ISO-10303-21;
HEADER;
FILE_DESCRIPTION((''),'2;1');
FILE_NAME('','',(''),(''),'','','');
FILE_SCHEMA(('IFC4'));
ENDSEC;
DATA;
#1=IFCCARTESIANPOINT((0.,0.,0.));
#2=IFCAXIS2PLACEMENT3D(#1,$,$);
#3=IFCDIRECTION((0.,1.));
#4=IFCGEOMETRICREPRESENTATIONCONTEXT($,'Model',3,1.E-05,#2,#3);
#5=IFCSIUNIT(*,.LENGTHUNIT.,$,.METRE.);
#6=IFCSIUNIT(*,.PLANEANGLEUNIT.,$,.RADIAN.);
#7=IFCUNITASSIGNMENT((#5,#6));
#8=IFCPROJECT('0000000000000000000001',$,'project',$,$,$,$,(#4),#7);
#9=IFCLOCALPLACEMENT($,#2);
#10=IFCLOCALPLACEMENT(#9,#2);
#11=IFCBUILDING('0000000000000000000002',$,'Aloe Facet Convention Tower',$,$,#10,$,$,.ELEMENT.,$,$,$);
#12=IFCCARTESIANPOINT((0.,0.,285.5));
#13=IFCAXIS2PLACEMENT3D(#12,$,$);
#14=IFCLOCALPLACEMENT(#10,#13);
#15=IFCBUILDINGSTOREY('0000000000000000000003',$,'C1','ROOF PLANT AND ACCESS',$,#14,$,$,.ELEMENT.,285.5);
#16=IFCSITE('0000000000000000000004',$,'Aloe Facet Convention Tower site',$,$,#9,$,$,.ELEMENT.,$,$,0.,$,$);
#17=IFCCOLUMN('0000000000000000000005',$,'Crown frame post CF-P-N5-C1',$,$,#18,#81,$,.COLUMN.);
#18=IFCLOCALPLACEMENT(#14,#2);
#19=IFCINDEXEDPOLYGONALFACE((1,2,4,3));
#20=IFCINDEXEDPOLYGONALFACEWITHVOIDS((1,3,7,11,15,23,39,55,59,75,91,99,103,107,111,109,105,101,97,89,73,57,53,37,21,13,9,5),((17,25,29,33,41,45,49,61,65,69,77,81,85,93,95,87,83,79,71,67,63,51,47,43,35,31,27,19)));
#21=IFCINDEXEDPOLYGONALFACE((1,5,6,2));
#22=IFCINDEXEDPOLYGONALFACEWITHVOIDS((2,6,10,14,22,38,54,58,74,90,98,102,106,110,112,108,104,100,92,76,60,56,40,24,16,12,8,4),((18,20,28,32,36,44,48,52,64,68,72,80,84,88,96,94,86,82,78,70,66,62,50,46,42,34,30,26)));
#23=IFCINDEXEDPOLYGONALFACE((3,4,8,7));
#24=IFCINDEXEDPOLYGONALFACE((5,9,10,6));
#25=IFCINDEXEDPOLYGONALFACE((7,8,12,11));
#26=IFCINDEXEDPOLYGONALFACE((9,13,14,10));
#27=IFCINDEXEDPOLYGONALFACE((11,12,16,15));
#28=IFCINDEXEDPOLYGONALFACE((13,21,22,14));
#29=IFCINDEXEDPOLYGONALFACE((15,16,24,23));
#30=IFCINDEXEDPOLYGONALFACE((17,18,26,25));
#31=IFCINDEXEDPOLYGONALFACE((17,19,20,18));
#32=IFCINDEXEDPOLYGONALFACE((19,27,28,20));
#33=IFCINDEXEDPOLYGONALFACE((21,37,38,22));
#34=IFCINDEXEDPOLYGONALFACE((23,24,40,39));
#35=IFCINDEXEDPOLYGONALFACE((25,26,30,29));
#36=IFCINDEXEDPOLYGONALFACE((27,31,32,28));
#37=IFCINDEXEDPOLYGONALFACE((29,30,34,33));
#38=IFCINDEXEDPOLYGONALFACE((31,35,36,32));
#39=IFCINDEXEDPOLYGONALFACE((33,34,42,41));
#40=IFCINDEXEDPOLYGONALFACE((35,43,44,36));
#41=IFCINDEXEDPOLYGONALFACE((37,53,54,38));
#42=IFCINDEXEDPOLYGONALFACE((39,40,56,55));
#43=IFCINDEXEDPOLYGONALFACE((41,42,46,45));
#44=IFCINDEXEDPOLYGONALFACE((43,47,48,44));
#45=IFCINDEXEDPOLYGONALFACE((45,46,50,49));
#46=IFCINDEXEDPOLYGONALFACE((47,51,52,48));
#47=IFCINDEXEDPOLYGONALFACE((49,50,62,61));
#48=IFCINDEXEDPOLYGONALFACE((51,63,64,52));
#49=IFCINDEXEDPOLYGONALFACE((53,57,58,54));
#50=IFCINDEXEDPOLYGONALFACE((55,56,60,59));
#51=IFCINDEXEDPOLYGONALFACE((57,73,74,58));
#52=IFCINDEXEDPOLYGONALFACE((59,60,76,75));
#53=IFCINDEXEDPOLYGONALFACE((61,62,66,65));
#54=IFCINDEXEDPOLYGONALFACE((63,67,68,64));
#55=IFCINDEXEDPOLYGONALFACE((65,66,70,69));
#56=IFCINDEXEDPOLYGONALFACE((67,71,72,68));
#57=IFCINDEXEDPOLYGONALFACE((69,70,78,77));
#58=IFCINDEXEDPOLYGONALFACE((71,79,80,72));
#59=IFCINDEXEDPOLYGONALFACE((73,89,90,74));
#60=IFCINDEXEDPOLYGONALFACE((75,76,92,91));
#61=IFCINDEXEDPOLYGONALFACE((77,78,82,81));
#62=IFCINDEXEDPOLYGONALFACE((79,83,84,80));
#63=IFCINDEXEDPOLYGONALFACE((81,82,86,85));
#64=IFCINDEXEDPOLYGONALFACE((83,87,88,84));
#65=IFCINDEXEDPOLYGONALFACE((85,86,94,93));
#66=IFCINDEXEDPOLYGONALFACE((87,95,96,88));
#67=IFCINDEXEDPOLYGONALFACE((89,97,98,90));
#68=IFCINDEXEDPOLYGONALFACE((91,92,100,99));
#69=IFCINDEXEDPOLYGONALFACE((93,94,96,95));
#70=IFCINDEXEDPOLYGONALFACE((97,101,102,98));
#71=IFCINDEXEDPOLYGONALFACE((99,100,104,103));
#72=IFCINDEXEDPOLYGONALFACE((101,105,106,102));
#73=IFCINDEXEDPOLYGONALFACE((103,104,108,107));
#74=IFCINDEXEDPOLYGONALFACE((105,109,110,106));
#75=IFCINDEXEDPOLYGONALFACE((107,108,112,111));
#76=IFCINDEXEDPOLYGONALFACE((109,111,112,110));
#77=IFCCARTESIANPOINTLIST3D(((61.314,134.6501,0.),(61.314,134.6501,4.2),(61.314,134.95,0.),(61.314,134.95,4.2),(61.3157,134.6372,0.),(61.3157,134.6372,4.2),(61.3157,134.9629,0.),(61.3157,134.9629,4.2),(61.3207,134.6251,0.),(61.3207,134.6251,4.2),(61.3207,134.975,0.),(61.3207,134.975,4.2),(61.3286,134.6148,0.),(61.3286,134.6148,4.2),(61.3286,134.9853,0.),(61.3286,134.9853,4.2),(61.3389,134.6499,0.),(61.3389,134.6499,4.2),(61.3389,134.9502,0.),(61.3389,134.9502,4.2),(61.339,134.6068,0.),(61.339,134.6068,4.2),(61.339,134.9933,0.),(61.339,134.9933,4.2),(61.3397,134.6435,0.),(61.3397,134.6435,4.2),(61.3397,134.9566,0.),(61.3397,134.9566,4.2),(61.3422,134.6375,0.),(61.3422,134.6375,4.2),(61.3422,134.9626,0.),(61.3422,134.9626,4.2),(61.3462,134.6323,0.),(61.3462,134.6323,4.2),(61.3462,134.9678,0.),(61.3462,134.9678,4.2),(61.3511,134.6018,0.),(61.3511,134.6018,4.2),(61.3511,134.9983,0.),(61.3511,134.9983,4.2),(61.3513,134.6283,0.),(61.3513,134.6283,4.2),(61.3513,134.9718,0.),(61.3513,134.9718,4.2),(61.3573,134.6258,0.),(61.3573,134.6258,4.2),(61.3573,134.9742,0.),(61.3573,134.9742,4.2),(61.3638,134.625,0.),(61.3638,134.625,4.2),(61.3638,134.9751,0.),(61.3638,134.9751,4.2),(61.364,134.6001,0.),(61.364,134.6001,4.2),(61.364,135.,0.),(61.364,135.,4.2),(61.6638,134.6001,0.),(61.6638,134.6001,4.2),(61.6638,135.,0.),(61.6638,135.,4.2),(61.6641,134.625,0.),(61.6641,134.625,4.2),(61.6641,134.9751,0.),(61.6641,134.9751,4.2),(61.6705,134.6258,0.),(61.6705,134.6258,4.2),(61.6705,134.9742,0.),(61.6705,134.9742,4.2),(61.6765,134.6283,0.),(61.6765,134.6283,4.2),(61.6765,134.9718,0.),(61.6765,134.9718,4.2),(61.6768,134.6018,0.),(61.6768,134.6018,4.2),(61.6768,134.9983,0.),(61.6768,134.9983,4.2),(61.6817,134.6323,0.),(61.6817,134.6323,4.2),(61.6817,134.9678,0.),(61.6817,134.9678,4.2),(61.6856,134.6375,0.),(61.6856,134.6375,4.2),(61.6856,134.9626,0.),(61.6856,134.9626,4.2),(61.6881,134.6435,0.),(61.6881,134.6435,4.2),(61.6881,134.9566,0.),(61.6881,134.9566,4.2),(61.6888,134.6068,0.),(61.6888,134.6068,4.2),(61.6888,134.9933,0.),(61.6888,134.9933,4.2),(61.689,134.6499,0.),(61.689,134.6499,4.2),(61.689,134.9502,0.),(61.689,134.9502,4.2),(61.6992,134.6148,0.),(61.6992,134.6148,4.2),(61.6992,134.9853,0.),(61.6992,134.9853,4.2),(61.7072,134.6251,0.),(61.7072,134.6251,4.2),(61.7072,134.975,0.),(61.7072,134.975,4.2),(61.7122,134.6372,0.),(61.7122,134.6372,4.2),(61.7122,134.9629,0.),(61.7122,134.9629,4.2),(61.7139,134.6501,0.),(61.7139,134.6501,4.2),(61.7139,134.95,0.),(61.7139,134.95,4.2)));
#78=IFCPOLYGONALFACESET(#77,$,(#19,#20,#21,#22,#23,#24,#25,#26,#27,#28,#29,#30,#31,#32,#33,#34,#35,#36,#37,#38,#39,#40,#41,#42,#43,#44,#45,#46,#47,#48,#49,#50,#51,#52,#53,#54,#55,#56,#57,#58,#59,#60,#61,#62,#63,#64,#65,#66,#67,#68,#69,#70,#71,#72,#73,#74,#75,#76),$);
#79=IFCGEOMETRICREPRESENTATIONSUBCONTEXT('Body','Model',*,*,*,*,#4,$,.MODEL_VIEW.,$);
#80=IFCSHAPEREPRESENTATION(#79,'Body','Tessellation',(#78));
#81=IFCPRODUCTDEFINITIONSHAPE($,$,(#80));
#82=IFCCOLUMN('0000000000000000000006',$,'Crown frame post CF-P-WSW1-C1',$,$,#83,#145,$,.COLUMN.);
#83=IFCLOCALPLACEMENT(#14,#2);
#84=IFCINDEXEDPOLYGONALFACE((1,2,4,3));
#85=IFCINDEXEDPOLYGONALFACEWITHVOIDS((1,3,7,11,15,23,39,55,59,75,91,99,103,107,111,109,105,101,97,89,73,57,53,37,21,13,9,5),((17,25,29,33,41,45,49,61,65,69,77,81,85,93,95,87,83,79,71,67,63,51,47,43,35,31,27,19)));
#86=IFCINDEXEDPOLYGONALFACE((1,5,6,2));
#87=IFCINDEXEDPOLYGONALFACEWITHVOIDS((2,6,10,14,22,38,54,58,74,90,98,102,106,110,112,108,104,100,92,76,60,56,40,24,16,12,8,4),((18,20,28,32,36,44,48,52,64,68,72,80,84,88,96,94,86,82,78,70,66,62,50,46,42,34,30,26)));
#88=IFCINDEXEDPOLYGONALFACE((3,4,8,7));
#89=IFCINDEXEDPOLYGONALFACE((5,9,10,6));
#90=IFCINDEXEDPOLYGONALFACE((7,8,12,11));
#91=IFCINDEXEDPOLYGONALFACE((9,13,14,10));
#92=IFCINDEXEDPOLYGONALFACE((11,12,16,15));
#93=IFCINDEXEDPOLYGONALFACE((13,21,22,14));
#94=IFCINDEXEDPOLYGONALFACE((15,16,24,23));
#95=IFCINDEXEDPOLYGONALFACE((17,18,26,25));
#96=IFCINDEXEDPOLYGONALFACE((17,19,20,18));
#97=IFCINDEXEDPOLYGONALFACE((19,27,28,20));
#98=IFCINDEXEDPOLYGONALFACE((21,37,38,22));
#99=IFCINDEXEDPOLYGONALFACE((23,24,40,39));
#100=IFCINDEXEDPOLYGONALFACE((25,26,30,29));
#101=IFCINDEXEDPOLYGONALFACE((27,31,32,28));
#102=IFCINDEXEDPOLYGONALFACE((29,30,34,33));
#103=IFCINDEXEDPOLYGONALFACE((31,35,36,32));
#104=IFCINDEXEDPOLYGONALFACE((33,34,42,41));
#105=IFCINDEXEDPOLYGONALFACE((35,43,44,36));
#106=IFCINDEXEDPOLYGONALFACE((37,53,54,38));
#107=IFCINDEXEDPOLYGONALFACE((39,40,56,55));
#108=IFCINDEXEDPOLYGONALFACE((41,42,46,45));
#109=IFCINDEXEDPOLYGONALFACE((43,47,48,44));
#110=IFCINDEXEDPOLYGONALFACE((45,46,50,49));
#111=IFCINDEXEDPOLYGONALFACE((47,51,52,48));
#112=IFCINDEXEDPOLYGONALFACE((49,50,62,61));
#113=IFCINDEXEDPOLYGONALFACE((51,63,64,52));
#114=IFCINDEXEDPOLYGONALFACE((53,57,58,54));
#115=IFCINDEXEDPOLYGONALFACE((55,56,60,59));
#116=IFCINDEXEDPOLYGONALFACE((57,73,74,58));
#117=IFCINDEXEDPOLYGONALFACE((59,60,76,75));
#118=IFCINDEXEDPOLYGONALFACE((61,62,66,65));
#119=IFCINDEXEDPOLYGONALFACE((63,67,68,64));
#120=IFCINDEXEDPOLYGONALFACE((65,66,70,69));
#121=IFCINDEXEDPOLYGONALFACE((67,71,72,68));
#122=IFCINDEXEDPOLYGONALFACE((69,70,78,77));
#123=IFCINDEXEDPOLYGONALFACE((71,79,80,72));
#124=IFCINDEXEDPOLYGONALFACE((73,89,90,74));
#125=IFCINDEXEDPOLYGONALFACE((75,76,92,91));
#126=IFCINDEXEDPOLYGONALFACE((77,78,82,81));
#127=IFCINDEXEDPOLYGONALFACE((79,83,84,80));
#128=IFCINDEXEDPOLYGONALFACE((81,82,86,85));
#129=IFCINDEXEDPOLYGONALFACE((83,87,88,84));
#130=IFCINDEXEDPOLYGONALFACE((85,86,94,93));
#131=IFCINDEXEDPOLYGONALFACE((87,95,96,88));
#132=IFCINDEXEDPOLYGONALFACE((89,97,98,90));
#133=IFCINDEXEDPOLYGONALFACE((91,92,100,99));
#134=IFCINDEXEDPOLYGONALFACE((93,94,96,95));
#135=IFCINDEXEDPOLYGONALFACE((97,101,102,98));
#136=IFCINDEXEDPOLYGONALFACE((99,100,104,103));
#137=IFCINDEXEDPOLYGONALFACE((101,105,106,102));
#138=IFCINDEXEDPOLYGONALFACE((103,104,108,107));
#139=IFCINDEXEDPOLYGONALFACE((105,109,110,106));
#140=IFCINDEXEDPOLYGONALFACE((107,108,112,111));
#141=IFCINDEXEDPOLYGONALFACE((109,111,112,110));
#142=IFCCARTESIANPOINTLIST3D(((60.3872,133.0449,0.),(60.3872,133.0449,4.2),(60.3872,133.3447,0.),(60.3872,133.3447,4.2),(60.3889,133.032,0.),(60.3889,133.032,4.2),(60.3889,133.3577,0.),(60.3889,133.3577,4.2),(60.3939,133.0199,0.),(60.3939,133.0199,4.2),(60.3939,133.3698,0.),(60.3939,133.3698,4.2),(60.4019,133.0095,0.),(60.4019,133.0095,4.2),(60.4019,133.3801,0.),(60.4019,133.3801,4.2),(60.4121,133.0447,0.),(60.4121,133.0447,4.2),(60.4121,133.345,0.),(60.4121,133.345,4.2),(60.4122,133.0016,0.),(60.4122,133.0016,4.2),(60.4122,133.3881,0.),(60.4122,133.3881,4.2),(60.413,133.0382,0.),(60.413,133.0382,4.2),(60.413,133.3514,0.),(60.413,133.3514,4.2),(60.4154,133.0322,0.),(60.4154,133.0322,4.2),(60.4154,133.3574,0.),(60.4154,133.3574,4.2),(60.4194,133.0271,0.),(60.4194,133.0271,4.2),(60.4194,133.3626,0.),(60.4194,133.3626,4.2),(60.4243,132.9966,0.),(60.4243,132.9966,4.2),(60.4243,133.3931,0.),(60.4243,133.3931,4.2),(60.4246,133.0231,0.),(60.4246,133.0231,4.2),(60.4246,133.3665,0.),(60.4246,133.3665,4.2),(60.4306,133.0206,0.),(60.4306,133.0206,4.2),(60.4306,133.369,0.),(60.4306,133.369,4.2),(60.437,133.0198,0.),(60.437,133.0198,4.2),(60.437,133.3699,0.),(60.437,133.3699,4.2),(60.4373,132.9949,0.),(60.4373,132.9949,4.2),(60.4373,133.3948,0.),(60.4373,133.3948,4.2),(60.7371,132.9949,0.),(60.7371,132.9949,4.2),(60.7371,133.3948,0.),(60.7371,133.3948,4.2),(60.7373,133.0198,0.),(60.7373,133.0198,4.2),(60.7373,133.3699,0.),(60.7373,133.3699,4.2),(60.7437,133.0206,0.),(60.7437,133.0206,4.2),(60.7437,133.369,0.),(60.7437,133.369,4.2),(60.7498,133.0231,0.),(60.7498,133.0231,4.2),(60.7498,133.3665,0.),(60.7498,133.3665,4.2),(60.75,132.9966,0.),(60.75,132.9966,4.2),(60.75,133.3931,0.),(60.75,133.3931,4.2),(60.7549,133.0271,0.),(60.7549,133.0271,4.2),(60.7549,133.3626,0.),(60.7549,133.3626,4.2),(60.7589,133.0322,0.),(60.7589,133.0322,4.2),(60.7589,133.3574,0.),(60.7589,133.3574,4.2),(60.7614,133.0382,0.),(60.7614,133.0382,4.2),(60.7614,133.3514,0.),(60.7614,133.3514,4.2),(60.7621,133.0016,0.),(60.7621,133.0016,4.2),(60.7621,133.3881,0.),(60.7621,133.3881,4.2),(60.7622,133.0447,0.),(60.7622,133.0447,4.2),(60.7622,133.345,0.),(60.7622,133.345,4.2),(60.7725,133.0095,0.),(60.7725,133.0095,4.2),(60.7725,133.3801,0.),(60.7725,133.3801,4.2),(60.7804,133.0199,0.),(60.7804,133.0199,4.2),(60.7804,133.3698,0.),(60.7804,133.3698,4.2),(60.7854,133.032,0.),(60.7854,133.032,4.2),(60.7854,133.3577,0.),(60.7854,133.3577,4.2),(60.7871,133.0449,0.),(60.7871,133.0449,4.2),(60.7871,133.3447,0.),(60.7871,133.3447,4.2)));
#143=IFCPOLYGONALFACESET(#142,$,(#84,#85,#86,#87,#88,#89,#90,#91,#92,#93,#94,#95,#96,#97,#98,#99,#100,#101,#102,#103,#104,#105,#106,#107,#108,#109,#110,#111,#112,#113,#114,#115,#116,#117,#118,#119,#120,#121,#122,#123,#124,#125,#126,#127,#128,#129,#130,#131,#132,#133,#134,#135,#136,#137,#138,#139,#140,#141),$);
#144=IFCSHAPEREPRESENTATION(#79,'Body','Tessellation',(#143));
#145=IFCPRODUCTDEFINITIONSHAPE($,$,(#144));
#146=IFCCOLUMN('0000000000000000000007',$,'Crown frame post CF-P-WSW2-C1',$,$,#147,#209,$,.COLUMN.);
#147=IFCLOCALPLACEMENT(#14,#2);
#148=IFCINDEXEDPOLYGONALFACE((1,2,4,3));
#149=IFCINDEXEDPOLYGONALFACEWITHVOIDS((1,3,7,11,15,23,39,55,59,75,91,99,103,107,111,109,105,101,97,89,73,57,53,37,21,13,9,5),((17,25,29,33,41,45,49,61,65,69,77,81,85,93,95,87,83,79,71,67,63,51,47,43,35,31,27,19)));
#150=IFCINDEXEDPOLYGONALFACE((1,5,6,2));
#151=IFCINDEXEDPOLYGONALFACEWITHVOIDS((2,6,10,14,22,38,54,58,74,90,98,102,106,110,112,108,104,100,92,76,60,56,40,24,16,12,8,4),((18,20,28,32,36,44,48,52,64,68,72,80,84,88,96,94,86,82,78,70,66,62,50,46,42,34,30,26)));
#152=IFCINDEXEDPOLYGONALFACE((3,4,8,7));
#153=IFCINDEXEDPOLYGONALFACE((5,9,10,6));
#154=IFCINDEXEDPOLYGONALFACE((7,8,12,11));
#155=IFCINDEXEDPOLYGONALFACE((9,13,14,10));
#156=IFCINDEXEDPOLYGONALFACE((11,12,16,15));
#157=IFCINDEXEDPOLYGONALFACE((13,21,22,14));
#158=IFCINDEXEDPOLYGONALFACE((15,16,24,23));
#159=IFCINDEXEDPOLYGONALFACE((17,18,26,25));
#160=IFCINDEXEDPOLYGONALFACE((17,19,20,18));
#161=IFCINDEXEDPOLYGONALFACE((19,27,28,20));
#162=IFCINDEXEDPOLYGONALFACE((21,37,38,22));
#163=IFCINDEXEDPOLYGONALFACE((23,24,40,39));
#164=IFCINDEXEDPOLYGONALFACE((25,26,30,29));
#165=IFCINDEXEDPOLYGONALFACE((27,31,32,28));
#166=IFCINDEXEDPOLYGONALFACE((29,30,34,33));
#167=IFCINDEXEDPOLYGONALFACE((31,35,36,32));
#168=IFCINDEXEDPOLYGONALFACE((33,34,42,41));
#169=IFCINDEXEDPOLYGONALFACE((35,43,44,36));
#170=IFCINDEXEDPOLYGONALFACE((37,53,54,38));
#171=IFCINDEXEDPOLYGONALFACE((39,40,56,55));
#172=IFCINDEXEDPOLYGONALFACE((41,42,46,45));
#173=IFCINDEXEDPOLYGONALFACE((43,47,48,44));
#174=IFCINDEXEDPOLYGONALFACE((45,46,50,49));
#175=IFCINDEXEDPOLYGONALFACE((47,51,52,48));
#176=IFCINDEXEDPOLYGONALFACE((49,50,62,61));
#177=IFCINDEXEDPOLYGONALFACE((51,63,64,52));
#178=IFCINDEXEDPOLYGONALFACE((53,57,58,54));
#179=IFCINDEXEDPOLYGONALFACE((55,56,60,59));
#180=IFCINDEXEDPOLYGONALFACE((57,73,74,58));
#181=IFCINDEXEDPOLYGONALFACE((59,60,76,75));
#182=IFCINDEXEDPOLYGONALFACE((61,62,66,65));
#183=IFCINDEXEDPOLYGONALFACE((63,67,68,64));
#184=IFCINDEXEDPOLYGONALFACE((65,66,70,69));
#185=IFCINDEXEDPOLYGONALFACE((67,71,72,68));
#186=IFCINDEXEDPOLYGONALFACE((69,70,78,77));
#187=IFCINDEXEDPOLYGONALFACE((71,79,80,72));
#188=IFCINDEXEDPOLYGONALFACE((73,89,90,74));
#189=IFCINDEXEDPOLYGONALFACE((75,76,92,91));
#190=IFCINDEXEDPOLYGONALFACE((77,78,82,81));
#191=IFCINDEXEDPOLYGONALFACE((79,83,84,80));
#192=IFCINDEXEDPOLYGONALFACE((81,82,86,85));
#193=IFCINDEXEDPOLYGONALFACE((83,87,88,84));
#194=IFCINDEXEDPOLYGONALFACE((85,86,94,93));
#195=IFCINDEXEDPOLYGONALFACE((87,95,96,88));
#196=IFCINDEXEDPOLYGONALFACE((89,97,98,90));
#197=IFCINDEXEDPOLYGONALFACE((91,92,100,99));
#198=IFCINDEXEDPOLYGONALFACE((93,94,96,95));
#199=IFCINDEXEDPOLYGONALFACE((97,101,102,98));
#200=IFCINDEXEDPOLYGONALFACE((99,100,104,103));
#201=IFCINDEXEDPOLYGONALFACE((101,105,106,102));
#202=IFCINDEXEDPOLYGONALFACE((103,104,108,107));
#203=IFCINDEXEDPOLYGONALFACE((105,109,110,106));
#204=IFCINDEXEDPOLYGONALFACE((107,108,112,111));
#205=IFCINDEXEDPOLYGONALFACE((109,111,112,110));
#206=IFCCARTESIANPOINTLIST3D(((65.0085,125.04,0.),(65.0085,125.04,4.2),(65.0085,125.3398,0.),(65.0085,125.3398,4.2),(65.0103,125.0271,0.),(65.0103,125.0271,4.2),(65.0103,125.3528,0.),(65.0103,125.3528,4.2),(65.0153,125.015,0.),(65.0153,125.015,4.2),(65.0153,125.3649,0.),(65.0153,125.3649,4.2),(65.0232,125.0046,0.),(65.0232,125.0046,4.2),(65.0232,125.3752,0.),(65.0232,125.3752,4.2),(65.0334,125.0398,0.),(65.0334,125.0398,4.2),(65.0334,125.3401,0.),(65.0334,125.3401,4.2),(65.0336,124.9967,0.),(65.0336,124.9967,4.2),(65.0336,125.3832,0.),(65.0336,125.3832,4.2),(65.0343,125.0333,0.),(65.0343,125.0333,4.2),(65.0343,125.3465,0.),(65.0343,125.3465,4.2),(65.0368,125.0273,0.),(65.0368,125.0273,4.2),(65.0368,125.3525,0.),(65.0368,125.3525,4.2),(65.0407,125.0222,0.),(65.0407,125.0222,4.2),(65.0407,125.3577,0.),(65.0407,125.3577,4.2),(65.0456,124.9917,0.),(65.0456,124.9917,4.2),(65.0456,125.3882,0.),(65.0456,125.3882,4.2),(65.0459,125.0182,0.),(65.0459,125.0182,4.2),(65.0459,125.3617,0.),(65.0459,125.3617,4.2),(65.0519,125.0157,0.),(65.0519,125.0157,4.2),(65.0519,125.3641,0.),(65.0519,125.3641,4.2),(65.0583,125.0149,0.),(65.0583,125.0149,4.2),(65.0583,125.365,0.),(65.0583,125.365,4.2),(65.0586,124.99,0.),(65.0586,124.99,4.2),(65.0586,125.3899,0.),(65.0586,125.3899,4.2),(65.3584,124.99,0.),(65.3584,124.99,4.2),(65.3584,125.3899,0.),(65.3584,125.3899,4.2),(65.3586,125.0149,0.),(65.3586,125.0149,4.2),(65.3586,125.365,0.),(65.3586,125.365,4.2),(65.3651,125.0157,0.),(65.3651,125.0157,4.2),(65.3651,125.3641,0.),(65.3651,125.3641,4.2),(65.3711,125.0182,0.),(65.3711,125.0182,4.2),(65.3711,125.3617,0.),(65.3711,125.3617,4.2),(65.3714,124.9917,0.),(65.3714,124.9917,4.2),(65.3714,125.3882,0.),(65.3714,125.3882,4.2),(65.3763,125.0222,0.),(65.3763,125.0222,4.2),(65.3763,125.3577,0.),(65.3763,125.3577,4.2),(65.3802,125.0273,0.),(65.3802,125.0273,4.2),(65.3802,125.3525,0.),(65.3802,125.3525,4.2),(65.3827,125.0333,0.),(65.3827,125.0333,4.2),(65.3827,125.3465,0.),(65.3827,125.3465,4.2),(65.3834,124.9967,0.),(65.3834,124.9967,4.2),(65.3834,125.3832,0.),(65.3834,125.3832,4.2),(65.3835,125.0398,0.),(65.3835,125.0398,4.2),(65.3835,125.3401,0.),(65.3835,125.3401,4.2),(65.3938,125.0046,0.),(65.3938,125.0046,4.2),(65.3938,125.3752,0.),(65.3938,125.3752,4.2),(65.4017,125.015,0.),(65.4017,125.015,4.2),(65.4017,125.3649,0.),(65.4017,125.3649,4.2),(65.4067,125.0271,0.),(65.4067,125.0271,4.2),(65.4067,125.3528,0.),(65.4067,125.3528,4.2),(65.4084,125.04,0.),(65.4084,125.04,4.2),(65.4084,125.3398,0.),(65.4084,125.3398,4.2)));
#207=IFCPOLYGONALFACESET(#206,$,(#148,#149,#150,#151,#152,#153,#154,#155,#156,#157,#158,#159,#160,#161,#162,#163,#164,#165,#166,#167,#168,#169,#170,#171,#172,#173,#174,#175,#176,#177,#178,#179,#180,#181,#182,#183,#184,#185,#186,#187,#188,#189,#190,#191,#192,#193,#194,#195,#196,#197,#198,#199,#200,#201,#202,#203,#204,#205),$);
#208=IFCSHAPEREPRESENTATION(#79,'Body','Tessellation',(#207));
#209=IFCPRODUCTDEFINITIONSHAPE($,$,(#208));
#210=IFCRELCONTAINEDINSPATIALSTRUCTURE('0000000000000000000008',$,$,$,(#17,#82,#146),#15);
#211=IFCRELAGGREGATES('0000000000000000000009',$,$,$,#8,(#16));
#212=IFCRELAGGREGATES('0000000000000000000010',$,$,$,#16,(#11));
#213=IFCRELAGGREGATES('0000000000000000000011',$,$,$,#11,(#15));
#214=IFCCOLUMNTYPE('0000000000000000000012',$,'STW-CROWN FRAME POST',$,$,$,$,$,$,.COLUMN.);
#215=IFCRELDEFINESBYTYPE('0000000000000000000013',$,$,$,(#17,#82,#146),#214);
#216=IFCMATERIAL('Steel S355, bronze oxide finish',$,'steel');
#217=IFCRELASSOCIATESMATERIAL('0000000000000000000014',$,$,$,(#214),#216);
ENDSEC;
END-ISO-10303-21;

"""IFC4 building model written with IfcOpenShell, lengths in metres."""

from ifc_helpers import new_model, si_unit, direction, frame, origin, origin_2d, place, context, subcontext, project, spatial, hollow_rectangle, extrude, material, material_profile, profile_set, type_object, element, save


model = new_model("IFC4")

# Units and contexts
model_context = context("Model", 3, precision=1e-05, world=origin(), true_north=direction((0.0, 1.0)))
body_context = subcontext(model_context, "Body", "Model", "MODEL_VIEW")
ifc_project = project(units=[si_unit("LENGTHUNIT", "METRE"), si_unit("PLANEANGLEUNIT", "RADIAN")], contexts=[model_context])

# Site, building, storey
site_placement = place(None, origin())
site = spatial("IfcSite", under=ifc_project, at=site_placement, Name="Aloe Facet Convention Tower site", CompositionType="ELEMENT", RefElevation=0.0)
building_placement = place(site_placement, origin())
building = spatial("IfcBuilding", under=site, at=building_placement, Name="Aloe Facet Convention Tower", CompositionType="ELEMENT")
storey_placement = place(building_placement, frame((0.0, 0.0, 285.5)))
storey = spatial("IfcBuildingStorey", under=building, at=storey_placement, Name="C1", Description="ROOF PLANT AND ACCESS", CompositionType="ELEMENT", Elevation=285.5)

# Columns
ifc_material_1 = material(Name="Steel S355, bronze oxide finish", Category="steel")
ifc_material_profile_1 = material_profile(ifc_material_1, hollow_rectangle(XDim=0.3999, YDim=0.3999, WallThickness=0.0249, InnerFilletRadius=0.0249, OuterFilletRadius=0.05, at=origin_2d()), Name="SHS 400x400x25")
ifc_profile_set_1 = profile_set([ifc_material_profile_1], Name="Steel S355, bronze oxide finish")
column_type = type_object("IfcColumnType", Name="STW-CROWN FRAME POST", PredefinedType="COLUMN", material=ifc_profile_set_1)
for number, where, z_axis, x_axis, name in (
    (1, (61.5139, 134.8, 0.0), (0.0, 0.0, 1.0), (1.0, 0.0, 0.0), "Crown frame post CF-P-N5-C1"),
    (2, (60.5872, 133.1948, 0.0), (0.0, 0.0, 1.0), (1.0, 0.0, 0.0), "Crown frame post CF-P-WSW1-C1"),
    (3, (65.2085, 125.1899, 0.0), (0.0, 0.0, 1.0), (1.0, 0.0, 0.0), "Crown frame post CF-P-WSW2-C1"),
):
    element("IfcColumn", number, at=place(storey_placement, frame(where, z_axis=z_axis, x_axis=x_axis)), inside=storey, type_object=column_type, Name=name, PredefinedType="COLUMN", context=body_context, shape_type="SweptSolid", body=[
        extrude(hollow_rectangle(XDim=0.3999, YDim=0.3999, WallThickness=0.0249, InnerFilletRadius=0.0249, OuterFilletRadius=0.05, at=origin_2d()), origin(), (0.0, 0.0, 1.0), 4.2),
    ])

save(model, "model.ifc")
